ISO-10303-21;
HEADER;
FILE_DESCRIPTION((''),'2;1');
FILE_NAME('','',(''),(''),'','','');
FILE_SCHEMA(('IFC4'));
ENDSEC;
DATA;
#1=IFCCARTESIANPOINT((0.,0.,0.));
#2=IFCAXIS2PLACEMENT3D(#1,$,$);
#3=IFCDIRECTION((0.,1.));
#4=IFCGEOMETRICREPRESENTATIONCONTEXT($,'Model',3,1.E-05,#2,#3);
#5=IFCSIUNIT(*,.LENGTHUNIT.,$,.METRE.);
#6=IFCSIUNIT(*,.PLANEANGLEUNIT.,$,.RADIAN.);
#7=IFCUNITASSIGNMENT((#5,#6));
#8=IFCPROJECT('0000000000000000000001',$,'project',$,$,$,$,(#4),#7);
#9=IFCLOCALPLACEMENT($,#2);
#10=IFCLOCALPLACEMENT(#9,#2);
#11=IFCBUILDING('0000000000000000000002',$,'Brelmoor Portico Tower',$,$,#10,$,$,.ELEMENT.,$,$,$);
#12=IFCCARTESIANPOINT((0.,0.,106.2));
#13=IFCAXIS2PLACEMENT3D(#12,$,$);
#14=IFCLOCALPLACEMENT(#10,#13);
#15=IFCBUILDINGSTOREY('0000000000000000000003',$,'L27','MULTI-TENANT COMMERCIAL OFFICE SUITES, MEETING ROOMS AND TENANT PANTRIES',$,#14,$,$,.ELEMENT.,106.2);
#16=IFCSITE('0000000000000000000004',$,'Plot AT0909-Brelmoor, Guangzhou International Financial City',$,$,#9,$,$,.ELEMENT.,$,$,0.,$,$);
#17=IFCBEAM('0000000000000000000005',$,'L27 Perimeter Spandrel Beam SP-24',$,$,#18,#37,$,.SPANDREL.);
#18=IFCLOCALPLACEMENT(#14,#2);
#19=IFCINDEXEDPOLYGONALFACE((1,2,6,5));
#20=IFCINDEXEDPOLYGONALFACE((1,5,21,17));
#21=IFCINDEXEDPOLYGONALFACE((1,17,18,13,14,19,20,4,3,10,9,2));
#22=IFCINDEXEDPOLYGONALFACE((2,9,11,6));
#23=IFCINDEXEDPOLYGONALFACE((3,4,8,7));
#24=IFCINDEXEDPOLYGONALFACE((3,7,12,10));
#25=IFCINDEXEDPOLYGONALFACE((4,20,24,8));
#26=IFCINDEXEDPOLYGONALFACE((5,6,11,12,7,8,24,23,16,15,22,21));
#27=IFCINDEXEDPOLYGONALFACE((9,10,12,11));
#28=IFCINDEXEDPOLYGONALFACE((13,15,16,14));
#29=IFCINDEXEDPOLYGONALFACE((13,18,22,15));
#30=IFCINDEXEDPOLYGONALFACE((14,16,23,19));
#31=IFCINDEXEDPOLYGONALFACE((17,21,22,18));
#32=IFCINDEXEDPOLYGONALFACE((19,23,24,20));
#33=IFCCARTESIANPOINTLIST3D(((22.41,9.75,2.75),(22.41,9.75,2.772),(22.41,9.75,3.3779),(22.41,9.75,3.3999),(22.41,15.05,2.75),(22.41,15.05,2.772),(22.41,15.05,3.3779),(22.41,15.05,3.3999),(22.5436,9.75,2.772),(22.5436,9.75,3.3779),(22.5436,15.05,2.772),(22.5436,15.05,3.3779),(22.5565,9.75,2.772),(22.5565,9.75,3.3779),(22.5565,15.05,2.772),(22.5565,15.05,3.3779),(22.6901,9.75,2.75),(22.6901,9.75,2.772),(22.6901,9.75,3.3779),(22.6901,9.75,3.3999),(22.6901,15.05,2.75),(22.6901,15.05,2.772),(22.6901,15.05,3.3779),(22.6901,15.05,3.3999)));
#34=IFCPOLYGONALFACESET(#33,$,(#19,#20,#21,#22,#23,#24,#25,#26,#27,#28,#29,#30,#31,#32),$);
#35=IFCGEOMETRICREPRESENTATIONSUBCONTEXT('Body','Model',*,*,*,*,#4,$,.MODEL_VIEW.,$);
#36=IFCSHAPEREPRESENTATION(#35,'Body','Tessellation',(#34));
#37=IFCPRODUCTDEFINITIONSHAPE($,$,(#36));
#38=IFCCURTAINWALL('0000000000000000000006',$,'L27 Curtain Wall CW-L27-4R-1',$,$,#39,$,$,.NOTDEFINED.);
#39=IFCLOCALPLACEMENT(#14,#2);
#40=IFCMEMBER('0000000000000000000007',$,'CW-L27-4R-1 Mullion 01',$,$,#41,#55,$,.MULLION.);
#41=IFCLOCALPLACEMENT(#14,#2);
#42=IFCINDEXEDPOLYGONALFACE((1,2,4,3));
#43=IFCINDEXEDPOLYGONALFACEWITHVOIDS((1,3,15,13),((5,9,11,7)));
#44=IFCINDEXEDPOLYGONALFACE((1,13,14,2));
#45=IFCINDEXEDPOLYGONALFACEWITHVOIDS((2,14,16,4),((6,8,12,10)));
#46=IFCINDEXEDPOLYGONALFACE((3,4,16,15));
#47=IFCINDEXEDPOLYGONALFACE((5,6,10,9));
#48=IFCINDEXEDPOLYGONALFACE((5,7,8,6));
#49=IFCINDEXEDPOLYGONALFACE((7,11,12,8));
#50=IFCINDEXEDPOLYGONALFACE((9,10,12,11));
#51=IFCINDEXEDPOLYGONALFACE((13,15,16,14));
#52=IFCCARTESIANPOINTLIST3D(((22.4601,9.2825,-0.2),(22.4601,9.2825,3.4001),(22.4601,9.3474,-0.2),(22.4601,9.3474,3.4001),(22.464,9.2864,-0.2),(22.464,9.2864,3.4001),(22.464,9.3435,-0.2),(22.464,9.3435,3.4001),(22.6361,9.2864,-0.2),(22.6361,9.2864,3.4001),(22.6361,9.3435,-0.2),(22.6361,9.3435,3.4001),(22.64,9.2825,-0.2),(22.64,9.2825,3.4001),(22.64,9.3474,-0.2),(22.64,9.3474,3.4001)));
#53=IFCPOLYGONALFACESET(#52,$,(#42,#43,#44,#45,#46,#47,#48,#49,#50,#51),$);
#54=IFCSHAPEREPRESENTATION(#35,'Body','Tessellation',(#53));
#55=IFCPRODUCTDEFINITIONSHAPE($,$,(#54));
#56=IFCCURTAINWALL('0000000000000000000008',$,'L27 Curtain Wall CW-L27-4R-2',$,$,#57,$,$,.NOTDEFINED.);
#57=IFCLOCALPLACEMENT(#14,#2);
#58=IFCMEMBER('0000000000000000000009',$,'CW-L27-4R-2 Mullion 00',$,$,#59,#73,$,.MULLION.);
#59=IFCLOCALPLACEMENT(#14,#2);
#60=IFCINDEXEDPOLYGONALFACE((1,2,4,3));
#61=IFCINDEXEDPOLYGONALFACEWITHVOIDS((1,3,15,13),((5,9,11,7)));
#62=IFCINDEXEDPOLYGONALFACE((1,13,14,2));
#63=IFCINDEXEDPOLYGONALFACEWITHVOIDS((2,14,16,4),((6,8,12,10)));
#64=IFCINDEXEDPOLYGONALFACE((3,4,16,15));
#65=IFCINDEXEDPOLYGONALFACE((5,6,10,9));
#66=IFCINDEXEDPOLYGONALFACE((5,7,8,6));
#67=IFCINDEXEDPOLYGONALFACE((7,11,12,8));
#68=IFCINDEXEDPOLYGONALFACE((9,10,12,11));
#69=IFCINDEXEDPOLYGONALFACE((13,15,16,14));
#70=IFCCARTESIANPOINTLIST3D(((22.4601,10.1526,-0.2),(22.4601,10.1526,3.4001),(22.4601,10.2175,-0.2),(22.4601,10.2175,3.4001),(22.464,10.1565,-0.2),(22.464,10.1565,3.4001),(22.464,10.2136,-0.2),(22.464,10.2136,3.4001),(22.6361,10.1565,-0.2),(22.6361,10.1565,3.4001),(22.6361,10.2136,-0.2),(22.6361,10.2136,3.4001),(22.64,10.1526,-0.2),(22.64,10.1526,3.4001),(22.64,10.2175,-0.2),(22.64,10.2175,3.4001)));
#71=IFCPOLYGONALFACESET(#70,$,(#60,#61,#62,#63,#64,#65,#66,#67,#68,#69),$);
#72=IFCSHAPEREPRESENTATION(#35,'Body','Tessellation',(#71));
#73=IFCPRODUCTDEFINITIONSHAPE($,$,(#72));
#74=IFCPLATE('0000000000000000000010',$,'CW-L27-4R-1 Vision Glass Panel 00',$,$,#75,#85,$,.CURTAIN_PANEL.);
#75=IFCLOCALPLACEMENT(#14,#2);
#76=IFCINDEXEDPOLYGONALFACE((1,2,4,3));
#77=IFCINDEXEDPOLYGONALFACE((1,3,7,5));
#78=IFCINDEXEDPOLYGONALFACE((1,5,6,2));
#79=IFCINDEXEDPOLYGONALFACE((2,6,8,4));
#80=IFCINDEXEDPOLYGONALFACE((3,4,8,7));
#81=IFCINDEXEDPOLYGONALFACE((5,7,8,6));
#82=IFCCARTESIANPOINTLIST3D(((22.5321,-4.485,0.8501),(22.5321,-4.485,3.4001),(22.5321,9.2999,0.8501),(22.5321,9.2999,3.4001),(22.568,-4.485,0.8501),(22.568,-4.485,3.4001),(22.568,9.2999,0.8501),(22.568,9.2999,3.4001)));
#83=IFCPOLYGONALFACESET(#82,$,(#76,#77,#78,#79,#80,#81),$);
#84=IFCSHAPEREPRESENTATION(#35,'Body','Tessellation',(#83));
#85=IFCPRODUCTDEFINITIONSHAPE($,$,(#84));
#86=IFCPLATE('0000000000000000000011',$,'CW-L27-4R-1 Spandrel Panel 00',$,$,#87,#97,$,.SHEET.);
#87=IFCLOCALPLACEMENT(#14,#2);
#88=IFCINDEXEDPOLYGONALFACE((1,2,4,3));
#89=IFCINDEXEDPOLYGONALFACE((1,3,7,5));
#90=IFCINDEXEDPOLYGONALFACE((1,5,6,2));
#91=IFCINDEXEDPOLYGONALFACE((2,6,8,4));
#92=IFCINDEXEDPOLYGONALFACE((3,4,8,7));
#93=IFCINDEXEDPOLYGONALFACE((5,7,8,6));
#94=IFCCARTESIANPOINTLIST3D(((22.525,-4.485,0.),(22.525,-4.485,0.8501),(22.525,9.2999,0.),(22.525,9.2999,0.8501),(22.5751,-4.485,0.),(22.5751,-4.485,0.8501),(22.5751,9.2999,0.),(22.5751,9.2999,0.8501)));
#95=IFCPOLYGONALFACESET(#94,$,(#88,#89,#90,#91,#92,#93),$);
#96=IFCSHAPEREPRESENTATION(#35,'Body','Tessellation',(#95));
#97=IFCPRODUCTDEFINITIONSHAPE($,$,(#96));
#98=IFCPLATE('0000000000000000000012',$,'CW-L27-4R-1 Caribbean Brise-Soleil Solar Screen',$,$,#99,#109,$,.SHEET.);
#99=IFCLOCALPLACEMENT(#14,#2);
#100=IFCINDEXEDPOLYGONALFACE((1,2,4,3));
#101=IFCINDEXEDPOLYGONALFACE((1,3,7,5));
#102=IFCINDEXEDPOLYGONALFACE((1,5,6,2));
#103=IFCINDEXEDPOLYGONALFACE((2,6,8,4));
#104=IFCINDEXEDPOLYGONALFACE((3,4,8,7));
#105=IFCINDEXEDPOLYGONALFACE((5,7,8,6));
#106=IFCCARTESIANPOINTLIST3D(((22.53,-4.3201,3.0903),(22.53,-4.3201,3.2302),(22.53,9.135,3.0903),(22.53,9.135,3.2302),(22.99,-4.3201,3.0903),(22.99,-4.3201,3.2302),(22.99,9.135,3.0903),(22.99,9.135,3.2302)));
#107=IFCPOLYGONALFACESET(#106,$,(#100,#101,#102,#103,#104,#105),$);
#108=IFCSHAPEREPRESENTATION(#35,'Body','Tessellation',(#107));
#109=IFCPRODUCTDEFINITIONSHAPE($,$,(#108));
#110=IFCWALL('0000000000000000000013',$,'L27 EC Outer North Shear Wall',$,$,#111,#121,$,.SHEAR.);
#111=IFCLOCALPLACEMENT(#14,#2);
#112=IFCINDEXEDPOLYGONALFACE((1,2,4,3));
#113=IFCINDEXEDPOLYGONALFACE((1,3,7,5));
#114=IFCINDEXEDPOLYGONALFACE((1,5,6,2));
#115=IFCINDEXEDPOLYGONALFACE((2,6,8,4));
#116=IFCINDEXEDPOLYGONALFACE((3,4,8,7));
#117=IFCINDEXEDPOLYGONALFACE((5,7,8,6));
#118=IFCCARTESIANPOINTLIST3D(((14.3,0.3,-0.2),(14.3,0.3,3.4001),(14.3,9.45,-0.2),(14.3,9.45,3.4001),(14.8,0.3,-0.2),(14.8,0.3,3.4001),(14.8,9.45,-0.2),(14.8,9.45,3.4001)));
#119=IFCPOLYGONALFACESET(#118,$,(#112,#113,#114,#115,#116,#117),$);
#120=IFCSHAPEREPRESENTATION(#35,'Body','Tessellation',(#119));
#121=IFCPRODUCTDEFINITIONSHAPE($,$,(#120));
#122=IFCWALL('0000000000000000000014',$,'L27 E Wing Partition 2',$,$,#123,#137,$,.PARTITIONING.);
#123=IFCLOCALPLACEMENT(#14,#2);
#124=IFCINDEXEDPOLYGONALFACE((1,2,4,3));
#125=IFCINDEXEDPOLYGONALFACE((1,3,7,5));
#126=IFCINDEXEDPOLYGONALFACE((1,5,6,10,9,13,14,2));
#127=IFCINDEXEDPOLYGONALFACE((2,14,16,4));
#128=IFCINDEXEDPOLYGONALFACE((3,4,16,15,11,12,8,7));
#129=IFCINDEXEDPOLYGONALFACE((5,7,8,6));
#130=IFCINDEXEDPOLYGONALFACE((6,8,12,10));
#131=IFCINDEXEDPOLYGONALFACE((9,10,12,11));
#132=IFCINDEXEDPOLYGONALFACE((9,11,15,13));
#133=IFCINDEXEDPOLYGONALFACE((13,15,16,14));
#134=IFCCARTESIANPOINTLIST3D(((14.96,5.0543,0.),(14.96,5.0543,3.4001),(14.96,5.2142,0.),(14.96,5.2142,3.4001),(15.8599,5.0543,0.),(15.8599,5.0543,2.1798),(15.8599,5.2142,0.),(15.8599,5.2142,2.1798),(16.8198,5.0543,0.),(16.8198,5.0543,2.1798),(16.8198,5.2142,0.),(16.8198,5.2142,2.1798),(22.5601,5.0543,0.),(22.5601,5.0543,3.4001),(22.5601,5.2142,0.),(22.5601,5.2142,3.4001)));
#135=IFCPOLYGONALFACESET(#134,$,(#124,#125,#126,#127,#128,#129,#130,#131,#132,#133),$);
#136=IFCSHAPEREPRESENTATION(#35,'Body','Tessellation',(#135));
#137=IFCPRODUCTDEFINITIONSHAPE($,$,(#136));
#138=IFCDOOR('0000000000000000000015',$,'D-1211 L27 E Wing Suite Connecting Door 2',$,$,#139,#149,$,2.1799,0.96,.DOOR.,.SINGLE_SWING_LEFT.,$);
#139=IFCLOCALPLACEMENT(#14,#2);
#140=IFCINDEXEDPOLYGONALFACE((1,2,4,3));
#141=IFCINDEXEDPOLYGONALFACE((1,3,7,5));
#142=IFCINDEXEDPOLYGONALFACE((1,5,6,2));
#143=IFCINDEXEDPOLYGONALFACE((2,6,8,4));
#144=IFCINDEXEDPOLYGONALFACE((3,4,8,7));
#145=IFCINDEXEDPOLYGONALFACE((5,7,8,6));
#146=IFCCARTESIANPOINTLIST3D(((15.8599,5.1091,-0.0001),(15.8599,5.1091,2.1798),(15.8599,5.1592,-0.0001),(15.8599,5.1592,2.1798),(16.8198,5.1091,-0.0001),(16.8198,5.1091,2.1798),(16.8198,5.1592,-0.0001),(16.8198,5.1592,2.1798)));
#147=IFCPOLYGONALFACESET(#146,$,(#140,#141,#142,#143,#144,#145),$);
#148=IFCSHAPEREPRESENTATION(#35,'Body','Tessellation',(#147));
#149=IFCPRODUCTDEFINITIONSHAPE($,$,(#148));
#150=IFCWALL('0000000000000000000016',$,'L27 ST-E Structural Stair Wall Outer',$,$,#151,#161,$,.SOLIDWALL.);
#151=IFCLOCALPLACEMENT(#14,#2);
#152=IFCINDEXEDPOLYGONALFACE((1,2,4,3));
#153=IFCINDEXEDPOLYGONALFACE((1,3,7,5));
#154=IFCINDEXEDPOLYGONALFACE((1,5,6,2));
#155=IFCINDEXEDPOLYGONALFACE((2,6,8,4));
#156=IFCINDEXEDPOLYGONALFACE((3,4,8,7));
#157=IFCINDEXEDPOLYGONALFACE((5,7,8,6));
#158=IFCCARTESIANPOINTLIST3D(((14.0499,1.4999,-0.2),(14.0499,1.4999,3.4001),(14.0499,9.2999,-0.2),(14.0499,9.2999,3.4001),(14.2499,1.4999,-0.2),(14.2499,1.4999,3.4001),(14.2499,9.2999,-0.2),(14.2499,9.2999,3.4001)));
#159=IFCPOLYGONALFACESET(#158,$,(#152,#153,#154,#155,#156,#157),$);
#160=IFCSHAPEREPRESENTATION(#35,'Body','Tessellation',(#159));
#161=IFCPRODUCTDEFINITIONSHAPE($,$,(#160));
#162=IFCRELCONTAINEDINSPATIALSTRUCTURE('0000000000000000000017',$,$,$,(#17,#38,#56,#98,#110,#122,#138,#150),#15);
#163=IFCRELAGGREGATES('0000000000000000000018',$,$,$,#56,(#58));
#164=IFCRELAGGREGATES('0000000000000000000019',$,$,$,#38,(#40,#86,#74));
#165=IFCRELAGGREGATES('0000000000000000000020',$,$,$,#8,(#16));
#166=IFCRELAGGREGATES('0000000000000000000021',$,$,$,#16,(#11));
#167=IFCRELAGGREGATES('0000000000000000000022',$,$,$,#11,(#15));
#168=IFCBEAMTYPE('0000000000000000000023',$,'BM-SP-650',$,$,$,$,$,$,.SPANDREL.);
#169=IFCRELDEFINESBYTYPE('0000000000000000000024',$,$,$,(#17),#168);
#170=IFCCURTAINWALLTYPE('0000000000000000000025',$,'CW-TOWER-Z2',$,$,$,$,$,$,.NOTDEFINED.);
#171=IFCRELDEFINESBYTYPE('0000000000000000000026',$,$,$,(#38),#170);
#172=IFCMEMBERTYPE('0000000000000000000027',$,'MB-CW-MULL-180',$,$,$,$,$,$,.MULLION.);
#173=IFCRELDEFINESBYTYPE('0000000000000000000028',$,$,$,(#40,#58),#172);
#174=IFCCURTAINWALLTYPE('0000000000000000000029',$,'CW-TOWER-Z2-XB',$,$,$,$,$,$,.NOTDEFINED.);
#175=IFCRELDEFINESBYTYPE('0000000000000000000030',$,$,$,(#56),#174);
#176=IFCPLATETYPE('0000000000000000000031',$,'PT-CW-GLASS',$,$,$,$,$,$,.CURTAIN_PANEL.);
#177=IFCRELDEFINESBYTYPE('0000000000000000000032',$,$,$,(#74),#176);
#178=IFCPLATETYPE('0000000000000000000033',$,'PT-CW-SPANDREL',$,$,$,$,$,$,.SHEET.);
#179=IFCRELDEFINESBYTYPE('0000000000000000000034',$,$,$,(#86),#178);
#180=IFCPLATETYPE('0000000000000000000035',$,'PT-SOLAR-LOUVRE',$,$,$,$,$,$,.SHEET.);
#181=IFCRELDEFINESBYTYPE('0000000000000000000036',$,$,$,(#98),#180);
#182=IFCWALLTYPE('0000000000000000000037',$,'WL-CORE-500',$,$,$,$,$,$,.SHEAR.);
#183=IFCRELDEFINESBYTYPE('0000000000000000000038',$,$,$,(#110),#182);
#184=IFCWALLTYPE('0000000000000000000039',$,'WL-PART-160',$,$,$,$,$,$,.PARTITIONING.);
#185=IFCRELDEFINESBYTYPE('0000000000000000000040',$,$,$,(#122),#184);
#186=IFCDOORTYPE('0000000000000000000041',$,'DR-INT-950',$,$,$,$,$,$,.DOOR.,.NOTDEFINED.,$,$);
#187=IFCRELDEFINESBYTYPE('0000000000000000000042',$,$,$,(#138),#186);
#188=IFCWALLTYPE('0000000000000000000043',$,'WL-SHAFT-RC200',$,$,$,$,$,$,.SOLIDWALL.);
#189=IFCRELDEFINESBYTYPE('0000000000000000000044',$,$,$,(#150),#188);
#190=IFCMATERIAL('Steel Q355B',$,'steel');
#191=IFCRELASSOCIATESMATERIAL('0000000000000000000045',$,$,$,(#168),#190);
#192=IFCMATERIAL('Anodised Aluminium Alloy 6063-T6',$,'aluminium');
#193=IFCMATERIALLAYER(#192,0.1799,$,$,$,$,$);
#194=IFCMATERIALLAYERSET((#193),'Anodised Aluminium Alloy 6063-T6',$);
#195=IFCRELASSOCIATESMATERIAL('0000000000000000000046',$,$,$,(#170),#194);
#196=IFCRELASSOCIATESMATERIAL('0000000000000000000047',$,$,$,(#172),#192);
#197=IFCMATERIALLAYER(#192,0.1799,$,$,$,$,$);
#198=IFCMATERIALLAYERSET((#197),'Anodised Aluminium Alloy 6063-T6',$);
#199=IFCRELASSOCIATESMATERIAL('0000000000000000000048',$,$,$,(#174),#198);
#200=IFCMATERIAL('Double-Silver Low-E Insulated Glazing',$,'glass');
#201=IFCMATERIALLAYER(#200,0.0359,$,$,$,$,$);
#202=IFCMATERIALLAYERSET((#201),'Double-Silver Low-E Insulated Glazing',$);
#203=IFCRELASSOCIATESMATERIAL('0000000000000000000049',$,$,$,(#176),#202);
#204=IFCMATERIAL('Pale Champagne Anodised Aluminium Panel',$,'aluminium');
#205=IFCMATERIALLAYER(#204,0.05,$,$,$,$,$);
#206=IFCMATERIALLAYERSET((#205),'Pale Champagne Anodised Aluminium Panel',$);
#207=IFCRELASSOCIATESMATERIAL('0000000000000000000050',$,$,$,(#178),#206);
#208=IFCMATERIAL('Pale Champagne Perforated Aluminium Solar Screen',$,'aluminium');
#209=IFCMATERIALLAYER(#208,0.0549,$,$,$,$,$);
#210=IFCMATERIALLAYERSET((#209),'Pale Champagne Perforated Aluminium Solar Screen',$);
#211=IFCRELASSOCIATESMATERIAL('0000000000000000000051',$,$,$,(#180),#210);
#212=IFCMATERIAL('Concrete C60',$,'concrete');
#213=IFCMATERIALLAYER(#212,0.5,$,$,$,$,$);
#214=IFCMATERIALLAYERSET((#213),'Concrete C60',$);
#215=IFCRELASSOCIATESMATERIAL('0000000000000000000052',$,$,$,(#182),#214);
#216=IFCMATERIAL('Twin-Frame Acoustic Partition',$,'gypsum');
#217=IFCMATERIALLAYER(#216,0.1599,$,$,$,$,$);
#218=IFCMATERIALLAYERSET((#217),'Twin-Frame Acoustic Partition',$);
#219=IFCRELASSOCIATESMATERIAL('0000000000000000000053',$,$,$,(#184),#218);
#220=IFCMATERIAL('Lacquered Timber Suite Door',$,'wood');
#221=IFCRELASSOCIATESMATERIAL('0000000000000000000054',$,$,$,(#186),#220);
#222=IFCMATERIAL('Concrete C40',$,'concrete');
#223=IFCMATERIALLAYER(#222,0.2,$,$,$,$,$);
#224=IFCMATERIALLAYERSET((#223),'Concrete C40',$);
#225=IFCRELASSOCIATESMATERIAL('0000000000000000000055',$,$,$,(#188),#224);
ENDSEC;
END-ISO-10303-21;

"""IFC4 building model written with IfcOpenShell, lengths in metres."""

from ifc_helpers import new_model, si_unit, direction, frame, frame_2d, origin, origin_2d, place, context, subcontext, project, spatial, rectangle, hollow_rectangle, i_section, extrude, material, layer, layer_set, material_profile, profile_set, type_object, element, fill, aggregate, save


model = new_model("IFC4")

# Units and contexts
model_context = context("Model", 3, precision=1e-05, world=origin(), true_north=direction((0.0, 1.0)))
body_context = subcontext(model_context, "Body", "Model", "MODEL_VIEW")
ifc_project = project(units=[si_unit("LENGTHUNIT", "METRE"), si_unit("PLANEANGLEUNIT", "RADIAN")], contexts=[model_context])

# Site, building, storey
site_placement = place(None, origin())
site = spatial("IfcSite", under=ifc_project, at=site_placement, Name="Plot AT0909-Brelmoor, Guangzhou International Financial City", CompositionType="ELEMENT", RefElevation=0.0)
building_placement = place(site_placement, origin())
building = spatial("IfcBuilding", under=site, at=building_placement, Name="Brelmoor Portico Tower", CompositionType="ELEMENT")
storey_placement = place(building_placement, frame((0.0, 0.0, 106.2)))
storey = spatial("IfcBuildingStorey", under=building, at=storey_placement, Name="L27", Description="MULTI-TENANT COMMERCIAL OFFICE SUITES, MEETING ROOMS AND TENANT PANTRIES", CompositionType="ELEMENT", Elevation=106.2)

# Shared definitions
ifc_material_1 = material(Name="Steel Q355B", Category="steel")

# Beam
ifc_material_profile_1 = material_profile(ifc_material_1, i_section(OverallWidth=0.28, OverallDepth=0.6499, WebThickness=0.0129, FlangeThickness=0.022, at=origin_2d()), Name="HN 650x280x13x22")
ifc_profile_set_1 = profile_set([ifc_material_profile_1], Name="Steel Q355B")
beam_type_1 = type_object("IfcBeamType", Name="BM-SP-650", PredefinedType="SPANDREL", material=ifc_profile_set_1)
beam_1_placement = place(storey_placement, frame((22.55, 9.75, 3.075), z_axis=(0.0, 1.0, 0.0), x_axis=(-1.0, 0.0, 0.0)))
element("IfcBeam", 1, at=beam_1_placement, inside=storey, type_object=beam_type_1, Name="L27 Perimeter Spandrel Beam SP-24", PredefinedType="SPANDREL", context=body_context, shape_type="SweptSolid", body=[
    extrude(i_section(OverallWidth=0.28, OverallDepth=0.6499, WebThickness=0.0129, FlangeThickness=0.022, at=origin_2d()), origin(), (0.0, 0.0, 1.0), 5.3),
])

# Curtain walls, members
ifc_material_2 = material(Name="Anodised Aluminium Alloy 6063-T6", Category="aluminium")
ifc_layer_1 = layer(ifc_material_2, 0.1799)
ifc_layer_set_1 = layer_set([ifc_layer_1], Name="Anodised Aluminium Alloy 6063-T6")
curtain_wall_type_1 = type_object("IfcCurtainWallType", Name="CW-TOWER-Z2", PredefinedType="NOTDEFINED", material=ifc_layer_set_1)
curtain_wall_1_placement = place(storey_placement, origin())
curtain_wall_1 = element("IfcCurtainWall", 2, at=curtain_wall_1_placement, inside=storey, type_object=curtain_wall_type_1, Name="L27 Curtain Wall CW-L27-4R-1", PredefinedType="NOTDEFINED")
ifc_material_profile_2 = material_profile(ifc_material_2, hollow_rectangle(XDim=0.0649, YDim=0.1799, WallThickness=0.0039, at=origin_2d()), Name="ALU MULLION 65x180")
ifc_profile_set_2 = profile_set([ifc_material_profile_2], Name="Anodised Aluminium Alloy 6063-T6")
member_type = type_object("IfcMemberType", Name="MB-CW-MULL-180", PredefinedType="MULLION", material=ifc_profile_set_2)
member_1_placement = place(storey_placement, frame((22.55, 9.3149, -0.2), z_axis=(0.0, 0.0, 1.0), x_axis=(0.0, 1.0, 0.0)))
member_1 = element("IfcMember", 3, at=member_1_placement, type_object=member_type, Name="CW-L27-4R-1 Mullion 01", PredefinedType="MULLION", context=body_context, shape_type="SweptSolid", body=[
    extrude(hollow_rectangle(XDim=0.0649, YDim=0.1799, WallThickness=0.0039, at=origin_2d()), origin(), (0.0, 0.0, 1.0), 3.6001),
])
ifc_layer_2 = layer(ifc_material_2, 0.1799)
ifc_layer_set_2 = layer_set([ifc_layer_2], Name="Anodised Aluminium Alloy 6063-T6")
curtain_wall_type_2 = type_object("IfcCurtainWallType", Name="CW-TOWER-Z2-XB", PredefinedType="NOTDEFINED", material=ifc_layer_set_2)
curtain_wall_2_placement = place(storey_placement, origin())
curtain_wall_2 = element("IfcCurtainWall", 4, at=curtain_wall_2_placement, inside=storey, type_object=curtain_wall_type_2, Name="L27 Curtain Wall CW-L27-4R-2", PredefinedType="NOTDEFINED")
member_2_placement = place(storey_placement, frame((22.55, 10.1851, -0.2), z_axis=(0.0, 0.0, 1.0), x_axis=(0.0, 1.0, 0.0)))
member_2 = element("IfcMember", 5, at=member_2_placement, type_object=member_type, Name="CW-L27-4R-2 Mullion 00", PredefinedType="MULLION", context=body_context, shape_type="SweptSolid", body=[
    extrude(hollow_rectangle(XDim=0.0649, YDim=0.1799, WallThickness=0.0039, at=origin_2d()), origin(), (0.0, 0.0, 1.0), 3.6001),
])
aggregate(curtain_wall_2, [member_2])

# Plates
ifc_material_3 = material(Name="Double-Silver Low-E Insulated Glazing", Category="glass")
ifc_layer_3 = layer(ifc_material_3, 0.0359)
ifc_layer_set_3 = layer_set([ifc_layer_3], Name="Double-Silver Low-E Insulated Glazing")
plate_type_1 = type_object("IfcPlateType", Name="PT-CW-GLASS", PredefinedType="CURTAIN_PANEL", material=ifc_layer_set_3)
plate_1_placement = place(storey_placement, frame((22.55, 2.4075, 0.8501), z_axis=(0.0, 0.0, 1.0), x_axis=(0.0, 1.0, 0.0)))
plate_1 = element("IfcPlate", 6, at=plate_1_placement, type_object=plate_type_1, Name="CW-L27-4R-1 Vision Glass Panel 00", PredefinedType="CURTAIN_PANEL", context=body_context, shape_type="SweptSolid", body=[
    extrude(rectangle(XDim=13.7849, YDim=0.0359, at=origin_2d()), origin(), (0.0, 0.0, 1.0), 2.55),
])
ifc_material_4 = material(Name="Pale Champagne Anodised Aluminium Panel", Category="aluminium")
ifc_layer_4 = layer(ifc_material_4, 0.05)
ifc_layer_set_4 = layer_set([ifc_layer_4], Name="Pale Champagne Anodised Aluminium Panel")
plate_type_2 = type_object("IfcPlateType", Name="PT-CW-SPANDREL", PredefinedType="SHEET", material=ifc_layer_set_4)
plate_2_placement = place(storey_placement, frame((22.55, 2.4075, 0.0), z_axis=(0.0, 0.0, 1.0), x_axis=(0.0, 1.0, 0.0)))
plate_2 = element("IfcPlate", 7, at=plate_2_placement, type_object=plate_type_2, Name="CW-L27-4R-1 Spandrel Panel 00", PredefinedType="SHEET", context=body_context, shape_type="SweptSolid", body=[
    extrude(rectangle(XDim=13.7849, YDim=0.05, at=origin_2d()), origin(), (0.0, 0.0, 1.0), 0.8501),
])
aggregate(curtain_wall_1, [member_1, plate_2, plate_1])
ifc_material_5 = material(Name="Pale Champagne Perforated Aluminium Solar Screen", Category="aluminium")
ifc_layer_5 = layer(ifc_material_5, 0.0549)
ifc_layer_set_5 = layer_set([ifc_layer_5], Name="Pale Champagne Perforated Aluminium Solar Screen")
plate_type_3 = type_object("IfcPlateType", Name="PT-SOLAR-LOUVRE", PredefinedType="SHEET", material=ifc_layer_set_5)
plate_3_placement = place(storey_placement, frame((22.76, 2.4075, 3.0903), z_axis=(0.0, 0.0, 1.0), x_axis=(0.0, 1.0, 0.0)))
element("IfcPlate", 8, at=plate_3_placement, inside=storey, type_object=plate_type_3, Name="CW-L27-4R-1 Caribbean Brise-Soleil Solar Screen", PredefinedType="SHEET", context=body_context, shape_type="SweptSolid", body=[
    extrude(rectangle(XDim=13.4551, YDim=0.46, at=origin_2d()), origin(), (0.0, 0.0, 1.0), 0.1399),
])

# Wall
ifc_material_6 = material(Name="Concrete C60", Category="concrete")
ifc_layer_6 = layer(ifc_material_6, 0.5)
ifc_layer_set_6 = layer_set([ifc_layer_6], Name="Concrete C60")
wall_type_1 = type_object("IfcWallType", Name="WL-CORE-500", PredefinedType="SHEAR", material=ifc_layer_set_6)
wall_1_placement = place(storey_placement, frame((14.55, 0.3, -0.2), z_axis=(0.0, 0.0, 1.0), x_axis=(0.0, 1.0, 0.0)))
element("IfcWall", 9, at=wall_1_placement, inside=storey, type_object=wall_type_1, Name="L27 EC Outer North Shear Wall", PredefinedType="SHEAR", context=body_context, shape_type="SweptSolid", body=[
    extrude(rectangle(XDim=9.1499, YDim=0.5, at=frame_2d((4.575, 0.0))), origin(), (0.0, 0.0, 1.0), 3.6001),
])

# Wall, opening, door
ifc_material_7 = material(Name="Twin-Frame Acoustic Partition", Category="gypsum")
ifc_layer_7 = layer(ifc_material_7, 0.1599)
ifc_layer_set_7 = layer_set([ifc_layer_7], Name="Twin-Frame Acoustic Partition")
wall_type_2 = type_object("IfcWallType", Name="WL-PART-160", PredefinedType="PARTITIONING", material=ifc_layer_set_7)
wall_2_placement = place(storey_placement, frame((14.96, 5.1343, 0.0), z_axis=(0.0, 0.0, 1.0), x_axis=(1.0, 0.0, 0.0)))
wall_2 = element("IfcWall", 10, at=wall_2_placement, inside=storey, type_object=wall_type_2, Name="L27 E Wing Partition 2", PredefinedType="PARTITIONING", context=body_context, shape_type="SweptSolid", body=[
    extrude(rectangle(XDim=7.6001, YDim=0.1599, at=frame_2d((3.8, 0.0))), origin(), (0.0, 0.0, 1.0), 3.4001),
])
opening_placement = place(wall_2_placement, frame((0.8999, 0.0, 0.0)))
opening = element("IfcOpeningElement", 11, at=opening_placement, cuts=wall_2, PredefinedType="OPENING", context=body_context, shape_type="SweptSolid", body=[
    extrude(rectangle(XDim=0.96, YDim=2.1799, at=frame_2d((0.48, 1.0898))), frame((0.0, 0.0898, 0.0), z_axis=(0.0, -1.0, 0.0), x_axis=(1.0, 0.0, 0.0)), (0.0, 0.0, 1.0), 0.1799),
])
ifc_material_8 = material(Name="Lacquered Timber Suite Door", Category="wood")
door_type = type_object("IfcDoorType", Name="DR-INT-950", OperationType="NOTDEFINED", PredefinedType="DOOR", material=ifc_material_8)
door_placement = place(opening_placement, origin())
door = element("IfcDoor", 12, at=door_placement, inside=storey, type_object=door_type, Name="D-1211 L27 E Wing Suite Connecting Door 2", OperationType="SINGLE_SWING_LEFT", OverallHeight=2.1799, OverallWidth=0.96, PredefinedType="DOOR", context=body_context, shape_type="SweptSolid", body=[
    extrude(rectangle(XDim=0.96, YDim=2.1799, at=frame_2d((0.48, 1.0898))), frame((0.0, 0.0249, 0.0), z_axis=(0.0, -1.0, 0.0), x_axis=(1.0, 0.0, 0.0)), (0.0, 0.0, 1.0), 0.05),
])
fill(opening, door)

# Wall
ifc_material_9 = material(Name="Concrete C40", Category="concrete")
ifc_layer_8 = layer(ifc_material_9, 0.2)
ifc_layer_set_8 = layer_set([ifc_layer_8], Name="Concrete C40")
wall_type_3 = type_object("IfcWallType", Name="WL-SHAFT-RC200", PredefinedType="SOLIDWALL", material=ifc_layer_set_8)
wall_3_placement = place(storey_placement, frame((14.1499, 1.5, -0.2), z_axis=(0.0, 0.0, 1.0), x_axis=(0.0, 1.0, 0.0)))
element("IfcWall", 13, at=wall_3_placement, inside=storey, type_object=wall_type_3, Name="L27 ST-E Structural Stair Wall Outer", PredefinedType="SOLIDWALL", context=body_context, shape_type="SweptSolid", body=[
    extrude(rectangle(XDim=7.8, YDim=0.2, at=frame_2d((3.8999, 0.0))), origin(), (0.0, 0.0, 1.0), 3.6001),
])

save(model, "model.ifc")
